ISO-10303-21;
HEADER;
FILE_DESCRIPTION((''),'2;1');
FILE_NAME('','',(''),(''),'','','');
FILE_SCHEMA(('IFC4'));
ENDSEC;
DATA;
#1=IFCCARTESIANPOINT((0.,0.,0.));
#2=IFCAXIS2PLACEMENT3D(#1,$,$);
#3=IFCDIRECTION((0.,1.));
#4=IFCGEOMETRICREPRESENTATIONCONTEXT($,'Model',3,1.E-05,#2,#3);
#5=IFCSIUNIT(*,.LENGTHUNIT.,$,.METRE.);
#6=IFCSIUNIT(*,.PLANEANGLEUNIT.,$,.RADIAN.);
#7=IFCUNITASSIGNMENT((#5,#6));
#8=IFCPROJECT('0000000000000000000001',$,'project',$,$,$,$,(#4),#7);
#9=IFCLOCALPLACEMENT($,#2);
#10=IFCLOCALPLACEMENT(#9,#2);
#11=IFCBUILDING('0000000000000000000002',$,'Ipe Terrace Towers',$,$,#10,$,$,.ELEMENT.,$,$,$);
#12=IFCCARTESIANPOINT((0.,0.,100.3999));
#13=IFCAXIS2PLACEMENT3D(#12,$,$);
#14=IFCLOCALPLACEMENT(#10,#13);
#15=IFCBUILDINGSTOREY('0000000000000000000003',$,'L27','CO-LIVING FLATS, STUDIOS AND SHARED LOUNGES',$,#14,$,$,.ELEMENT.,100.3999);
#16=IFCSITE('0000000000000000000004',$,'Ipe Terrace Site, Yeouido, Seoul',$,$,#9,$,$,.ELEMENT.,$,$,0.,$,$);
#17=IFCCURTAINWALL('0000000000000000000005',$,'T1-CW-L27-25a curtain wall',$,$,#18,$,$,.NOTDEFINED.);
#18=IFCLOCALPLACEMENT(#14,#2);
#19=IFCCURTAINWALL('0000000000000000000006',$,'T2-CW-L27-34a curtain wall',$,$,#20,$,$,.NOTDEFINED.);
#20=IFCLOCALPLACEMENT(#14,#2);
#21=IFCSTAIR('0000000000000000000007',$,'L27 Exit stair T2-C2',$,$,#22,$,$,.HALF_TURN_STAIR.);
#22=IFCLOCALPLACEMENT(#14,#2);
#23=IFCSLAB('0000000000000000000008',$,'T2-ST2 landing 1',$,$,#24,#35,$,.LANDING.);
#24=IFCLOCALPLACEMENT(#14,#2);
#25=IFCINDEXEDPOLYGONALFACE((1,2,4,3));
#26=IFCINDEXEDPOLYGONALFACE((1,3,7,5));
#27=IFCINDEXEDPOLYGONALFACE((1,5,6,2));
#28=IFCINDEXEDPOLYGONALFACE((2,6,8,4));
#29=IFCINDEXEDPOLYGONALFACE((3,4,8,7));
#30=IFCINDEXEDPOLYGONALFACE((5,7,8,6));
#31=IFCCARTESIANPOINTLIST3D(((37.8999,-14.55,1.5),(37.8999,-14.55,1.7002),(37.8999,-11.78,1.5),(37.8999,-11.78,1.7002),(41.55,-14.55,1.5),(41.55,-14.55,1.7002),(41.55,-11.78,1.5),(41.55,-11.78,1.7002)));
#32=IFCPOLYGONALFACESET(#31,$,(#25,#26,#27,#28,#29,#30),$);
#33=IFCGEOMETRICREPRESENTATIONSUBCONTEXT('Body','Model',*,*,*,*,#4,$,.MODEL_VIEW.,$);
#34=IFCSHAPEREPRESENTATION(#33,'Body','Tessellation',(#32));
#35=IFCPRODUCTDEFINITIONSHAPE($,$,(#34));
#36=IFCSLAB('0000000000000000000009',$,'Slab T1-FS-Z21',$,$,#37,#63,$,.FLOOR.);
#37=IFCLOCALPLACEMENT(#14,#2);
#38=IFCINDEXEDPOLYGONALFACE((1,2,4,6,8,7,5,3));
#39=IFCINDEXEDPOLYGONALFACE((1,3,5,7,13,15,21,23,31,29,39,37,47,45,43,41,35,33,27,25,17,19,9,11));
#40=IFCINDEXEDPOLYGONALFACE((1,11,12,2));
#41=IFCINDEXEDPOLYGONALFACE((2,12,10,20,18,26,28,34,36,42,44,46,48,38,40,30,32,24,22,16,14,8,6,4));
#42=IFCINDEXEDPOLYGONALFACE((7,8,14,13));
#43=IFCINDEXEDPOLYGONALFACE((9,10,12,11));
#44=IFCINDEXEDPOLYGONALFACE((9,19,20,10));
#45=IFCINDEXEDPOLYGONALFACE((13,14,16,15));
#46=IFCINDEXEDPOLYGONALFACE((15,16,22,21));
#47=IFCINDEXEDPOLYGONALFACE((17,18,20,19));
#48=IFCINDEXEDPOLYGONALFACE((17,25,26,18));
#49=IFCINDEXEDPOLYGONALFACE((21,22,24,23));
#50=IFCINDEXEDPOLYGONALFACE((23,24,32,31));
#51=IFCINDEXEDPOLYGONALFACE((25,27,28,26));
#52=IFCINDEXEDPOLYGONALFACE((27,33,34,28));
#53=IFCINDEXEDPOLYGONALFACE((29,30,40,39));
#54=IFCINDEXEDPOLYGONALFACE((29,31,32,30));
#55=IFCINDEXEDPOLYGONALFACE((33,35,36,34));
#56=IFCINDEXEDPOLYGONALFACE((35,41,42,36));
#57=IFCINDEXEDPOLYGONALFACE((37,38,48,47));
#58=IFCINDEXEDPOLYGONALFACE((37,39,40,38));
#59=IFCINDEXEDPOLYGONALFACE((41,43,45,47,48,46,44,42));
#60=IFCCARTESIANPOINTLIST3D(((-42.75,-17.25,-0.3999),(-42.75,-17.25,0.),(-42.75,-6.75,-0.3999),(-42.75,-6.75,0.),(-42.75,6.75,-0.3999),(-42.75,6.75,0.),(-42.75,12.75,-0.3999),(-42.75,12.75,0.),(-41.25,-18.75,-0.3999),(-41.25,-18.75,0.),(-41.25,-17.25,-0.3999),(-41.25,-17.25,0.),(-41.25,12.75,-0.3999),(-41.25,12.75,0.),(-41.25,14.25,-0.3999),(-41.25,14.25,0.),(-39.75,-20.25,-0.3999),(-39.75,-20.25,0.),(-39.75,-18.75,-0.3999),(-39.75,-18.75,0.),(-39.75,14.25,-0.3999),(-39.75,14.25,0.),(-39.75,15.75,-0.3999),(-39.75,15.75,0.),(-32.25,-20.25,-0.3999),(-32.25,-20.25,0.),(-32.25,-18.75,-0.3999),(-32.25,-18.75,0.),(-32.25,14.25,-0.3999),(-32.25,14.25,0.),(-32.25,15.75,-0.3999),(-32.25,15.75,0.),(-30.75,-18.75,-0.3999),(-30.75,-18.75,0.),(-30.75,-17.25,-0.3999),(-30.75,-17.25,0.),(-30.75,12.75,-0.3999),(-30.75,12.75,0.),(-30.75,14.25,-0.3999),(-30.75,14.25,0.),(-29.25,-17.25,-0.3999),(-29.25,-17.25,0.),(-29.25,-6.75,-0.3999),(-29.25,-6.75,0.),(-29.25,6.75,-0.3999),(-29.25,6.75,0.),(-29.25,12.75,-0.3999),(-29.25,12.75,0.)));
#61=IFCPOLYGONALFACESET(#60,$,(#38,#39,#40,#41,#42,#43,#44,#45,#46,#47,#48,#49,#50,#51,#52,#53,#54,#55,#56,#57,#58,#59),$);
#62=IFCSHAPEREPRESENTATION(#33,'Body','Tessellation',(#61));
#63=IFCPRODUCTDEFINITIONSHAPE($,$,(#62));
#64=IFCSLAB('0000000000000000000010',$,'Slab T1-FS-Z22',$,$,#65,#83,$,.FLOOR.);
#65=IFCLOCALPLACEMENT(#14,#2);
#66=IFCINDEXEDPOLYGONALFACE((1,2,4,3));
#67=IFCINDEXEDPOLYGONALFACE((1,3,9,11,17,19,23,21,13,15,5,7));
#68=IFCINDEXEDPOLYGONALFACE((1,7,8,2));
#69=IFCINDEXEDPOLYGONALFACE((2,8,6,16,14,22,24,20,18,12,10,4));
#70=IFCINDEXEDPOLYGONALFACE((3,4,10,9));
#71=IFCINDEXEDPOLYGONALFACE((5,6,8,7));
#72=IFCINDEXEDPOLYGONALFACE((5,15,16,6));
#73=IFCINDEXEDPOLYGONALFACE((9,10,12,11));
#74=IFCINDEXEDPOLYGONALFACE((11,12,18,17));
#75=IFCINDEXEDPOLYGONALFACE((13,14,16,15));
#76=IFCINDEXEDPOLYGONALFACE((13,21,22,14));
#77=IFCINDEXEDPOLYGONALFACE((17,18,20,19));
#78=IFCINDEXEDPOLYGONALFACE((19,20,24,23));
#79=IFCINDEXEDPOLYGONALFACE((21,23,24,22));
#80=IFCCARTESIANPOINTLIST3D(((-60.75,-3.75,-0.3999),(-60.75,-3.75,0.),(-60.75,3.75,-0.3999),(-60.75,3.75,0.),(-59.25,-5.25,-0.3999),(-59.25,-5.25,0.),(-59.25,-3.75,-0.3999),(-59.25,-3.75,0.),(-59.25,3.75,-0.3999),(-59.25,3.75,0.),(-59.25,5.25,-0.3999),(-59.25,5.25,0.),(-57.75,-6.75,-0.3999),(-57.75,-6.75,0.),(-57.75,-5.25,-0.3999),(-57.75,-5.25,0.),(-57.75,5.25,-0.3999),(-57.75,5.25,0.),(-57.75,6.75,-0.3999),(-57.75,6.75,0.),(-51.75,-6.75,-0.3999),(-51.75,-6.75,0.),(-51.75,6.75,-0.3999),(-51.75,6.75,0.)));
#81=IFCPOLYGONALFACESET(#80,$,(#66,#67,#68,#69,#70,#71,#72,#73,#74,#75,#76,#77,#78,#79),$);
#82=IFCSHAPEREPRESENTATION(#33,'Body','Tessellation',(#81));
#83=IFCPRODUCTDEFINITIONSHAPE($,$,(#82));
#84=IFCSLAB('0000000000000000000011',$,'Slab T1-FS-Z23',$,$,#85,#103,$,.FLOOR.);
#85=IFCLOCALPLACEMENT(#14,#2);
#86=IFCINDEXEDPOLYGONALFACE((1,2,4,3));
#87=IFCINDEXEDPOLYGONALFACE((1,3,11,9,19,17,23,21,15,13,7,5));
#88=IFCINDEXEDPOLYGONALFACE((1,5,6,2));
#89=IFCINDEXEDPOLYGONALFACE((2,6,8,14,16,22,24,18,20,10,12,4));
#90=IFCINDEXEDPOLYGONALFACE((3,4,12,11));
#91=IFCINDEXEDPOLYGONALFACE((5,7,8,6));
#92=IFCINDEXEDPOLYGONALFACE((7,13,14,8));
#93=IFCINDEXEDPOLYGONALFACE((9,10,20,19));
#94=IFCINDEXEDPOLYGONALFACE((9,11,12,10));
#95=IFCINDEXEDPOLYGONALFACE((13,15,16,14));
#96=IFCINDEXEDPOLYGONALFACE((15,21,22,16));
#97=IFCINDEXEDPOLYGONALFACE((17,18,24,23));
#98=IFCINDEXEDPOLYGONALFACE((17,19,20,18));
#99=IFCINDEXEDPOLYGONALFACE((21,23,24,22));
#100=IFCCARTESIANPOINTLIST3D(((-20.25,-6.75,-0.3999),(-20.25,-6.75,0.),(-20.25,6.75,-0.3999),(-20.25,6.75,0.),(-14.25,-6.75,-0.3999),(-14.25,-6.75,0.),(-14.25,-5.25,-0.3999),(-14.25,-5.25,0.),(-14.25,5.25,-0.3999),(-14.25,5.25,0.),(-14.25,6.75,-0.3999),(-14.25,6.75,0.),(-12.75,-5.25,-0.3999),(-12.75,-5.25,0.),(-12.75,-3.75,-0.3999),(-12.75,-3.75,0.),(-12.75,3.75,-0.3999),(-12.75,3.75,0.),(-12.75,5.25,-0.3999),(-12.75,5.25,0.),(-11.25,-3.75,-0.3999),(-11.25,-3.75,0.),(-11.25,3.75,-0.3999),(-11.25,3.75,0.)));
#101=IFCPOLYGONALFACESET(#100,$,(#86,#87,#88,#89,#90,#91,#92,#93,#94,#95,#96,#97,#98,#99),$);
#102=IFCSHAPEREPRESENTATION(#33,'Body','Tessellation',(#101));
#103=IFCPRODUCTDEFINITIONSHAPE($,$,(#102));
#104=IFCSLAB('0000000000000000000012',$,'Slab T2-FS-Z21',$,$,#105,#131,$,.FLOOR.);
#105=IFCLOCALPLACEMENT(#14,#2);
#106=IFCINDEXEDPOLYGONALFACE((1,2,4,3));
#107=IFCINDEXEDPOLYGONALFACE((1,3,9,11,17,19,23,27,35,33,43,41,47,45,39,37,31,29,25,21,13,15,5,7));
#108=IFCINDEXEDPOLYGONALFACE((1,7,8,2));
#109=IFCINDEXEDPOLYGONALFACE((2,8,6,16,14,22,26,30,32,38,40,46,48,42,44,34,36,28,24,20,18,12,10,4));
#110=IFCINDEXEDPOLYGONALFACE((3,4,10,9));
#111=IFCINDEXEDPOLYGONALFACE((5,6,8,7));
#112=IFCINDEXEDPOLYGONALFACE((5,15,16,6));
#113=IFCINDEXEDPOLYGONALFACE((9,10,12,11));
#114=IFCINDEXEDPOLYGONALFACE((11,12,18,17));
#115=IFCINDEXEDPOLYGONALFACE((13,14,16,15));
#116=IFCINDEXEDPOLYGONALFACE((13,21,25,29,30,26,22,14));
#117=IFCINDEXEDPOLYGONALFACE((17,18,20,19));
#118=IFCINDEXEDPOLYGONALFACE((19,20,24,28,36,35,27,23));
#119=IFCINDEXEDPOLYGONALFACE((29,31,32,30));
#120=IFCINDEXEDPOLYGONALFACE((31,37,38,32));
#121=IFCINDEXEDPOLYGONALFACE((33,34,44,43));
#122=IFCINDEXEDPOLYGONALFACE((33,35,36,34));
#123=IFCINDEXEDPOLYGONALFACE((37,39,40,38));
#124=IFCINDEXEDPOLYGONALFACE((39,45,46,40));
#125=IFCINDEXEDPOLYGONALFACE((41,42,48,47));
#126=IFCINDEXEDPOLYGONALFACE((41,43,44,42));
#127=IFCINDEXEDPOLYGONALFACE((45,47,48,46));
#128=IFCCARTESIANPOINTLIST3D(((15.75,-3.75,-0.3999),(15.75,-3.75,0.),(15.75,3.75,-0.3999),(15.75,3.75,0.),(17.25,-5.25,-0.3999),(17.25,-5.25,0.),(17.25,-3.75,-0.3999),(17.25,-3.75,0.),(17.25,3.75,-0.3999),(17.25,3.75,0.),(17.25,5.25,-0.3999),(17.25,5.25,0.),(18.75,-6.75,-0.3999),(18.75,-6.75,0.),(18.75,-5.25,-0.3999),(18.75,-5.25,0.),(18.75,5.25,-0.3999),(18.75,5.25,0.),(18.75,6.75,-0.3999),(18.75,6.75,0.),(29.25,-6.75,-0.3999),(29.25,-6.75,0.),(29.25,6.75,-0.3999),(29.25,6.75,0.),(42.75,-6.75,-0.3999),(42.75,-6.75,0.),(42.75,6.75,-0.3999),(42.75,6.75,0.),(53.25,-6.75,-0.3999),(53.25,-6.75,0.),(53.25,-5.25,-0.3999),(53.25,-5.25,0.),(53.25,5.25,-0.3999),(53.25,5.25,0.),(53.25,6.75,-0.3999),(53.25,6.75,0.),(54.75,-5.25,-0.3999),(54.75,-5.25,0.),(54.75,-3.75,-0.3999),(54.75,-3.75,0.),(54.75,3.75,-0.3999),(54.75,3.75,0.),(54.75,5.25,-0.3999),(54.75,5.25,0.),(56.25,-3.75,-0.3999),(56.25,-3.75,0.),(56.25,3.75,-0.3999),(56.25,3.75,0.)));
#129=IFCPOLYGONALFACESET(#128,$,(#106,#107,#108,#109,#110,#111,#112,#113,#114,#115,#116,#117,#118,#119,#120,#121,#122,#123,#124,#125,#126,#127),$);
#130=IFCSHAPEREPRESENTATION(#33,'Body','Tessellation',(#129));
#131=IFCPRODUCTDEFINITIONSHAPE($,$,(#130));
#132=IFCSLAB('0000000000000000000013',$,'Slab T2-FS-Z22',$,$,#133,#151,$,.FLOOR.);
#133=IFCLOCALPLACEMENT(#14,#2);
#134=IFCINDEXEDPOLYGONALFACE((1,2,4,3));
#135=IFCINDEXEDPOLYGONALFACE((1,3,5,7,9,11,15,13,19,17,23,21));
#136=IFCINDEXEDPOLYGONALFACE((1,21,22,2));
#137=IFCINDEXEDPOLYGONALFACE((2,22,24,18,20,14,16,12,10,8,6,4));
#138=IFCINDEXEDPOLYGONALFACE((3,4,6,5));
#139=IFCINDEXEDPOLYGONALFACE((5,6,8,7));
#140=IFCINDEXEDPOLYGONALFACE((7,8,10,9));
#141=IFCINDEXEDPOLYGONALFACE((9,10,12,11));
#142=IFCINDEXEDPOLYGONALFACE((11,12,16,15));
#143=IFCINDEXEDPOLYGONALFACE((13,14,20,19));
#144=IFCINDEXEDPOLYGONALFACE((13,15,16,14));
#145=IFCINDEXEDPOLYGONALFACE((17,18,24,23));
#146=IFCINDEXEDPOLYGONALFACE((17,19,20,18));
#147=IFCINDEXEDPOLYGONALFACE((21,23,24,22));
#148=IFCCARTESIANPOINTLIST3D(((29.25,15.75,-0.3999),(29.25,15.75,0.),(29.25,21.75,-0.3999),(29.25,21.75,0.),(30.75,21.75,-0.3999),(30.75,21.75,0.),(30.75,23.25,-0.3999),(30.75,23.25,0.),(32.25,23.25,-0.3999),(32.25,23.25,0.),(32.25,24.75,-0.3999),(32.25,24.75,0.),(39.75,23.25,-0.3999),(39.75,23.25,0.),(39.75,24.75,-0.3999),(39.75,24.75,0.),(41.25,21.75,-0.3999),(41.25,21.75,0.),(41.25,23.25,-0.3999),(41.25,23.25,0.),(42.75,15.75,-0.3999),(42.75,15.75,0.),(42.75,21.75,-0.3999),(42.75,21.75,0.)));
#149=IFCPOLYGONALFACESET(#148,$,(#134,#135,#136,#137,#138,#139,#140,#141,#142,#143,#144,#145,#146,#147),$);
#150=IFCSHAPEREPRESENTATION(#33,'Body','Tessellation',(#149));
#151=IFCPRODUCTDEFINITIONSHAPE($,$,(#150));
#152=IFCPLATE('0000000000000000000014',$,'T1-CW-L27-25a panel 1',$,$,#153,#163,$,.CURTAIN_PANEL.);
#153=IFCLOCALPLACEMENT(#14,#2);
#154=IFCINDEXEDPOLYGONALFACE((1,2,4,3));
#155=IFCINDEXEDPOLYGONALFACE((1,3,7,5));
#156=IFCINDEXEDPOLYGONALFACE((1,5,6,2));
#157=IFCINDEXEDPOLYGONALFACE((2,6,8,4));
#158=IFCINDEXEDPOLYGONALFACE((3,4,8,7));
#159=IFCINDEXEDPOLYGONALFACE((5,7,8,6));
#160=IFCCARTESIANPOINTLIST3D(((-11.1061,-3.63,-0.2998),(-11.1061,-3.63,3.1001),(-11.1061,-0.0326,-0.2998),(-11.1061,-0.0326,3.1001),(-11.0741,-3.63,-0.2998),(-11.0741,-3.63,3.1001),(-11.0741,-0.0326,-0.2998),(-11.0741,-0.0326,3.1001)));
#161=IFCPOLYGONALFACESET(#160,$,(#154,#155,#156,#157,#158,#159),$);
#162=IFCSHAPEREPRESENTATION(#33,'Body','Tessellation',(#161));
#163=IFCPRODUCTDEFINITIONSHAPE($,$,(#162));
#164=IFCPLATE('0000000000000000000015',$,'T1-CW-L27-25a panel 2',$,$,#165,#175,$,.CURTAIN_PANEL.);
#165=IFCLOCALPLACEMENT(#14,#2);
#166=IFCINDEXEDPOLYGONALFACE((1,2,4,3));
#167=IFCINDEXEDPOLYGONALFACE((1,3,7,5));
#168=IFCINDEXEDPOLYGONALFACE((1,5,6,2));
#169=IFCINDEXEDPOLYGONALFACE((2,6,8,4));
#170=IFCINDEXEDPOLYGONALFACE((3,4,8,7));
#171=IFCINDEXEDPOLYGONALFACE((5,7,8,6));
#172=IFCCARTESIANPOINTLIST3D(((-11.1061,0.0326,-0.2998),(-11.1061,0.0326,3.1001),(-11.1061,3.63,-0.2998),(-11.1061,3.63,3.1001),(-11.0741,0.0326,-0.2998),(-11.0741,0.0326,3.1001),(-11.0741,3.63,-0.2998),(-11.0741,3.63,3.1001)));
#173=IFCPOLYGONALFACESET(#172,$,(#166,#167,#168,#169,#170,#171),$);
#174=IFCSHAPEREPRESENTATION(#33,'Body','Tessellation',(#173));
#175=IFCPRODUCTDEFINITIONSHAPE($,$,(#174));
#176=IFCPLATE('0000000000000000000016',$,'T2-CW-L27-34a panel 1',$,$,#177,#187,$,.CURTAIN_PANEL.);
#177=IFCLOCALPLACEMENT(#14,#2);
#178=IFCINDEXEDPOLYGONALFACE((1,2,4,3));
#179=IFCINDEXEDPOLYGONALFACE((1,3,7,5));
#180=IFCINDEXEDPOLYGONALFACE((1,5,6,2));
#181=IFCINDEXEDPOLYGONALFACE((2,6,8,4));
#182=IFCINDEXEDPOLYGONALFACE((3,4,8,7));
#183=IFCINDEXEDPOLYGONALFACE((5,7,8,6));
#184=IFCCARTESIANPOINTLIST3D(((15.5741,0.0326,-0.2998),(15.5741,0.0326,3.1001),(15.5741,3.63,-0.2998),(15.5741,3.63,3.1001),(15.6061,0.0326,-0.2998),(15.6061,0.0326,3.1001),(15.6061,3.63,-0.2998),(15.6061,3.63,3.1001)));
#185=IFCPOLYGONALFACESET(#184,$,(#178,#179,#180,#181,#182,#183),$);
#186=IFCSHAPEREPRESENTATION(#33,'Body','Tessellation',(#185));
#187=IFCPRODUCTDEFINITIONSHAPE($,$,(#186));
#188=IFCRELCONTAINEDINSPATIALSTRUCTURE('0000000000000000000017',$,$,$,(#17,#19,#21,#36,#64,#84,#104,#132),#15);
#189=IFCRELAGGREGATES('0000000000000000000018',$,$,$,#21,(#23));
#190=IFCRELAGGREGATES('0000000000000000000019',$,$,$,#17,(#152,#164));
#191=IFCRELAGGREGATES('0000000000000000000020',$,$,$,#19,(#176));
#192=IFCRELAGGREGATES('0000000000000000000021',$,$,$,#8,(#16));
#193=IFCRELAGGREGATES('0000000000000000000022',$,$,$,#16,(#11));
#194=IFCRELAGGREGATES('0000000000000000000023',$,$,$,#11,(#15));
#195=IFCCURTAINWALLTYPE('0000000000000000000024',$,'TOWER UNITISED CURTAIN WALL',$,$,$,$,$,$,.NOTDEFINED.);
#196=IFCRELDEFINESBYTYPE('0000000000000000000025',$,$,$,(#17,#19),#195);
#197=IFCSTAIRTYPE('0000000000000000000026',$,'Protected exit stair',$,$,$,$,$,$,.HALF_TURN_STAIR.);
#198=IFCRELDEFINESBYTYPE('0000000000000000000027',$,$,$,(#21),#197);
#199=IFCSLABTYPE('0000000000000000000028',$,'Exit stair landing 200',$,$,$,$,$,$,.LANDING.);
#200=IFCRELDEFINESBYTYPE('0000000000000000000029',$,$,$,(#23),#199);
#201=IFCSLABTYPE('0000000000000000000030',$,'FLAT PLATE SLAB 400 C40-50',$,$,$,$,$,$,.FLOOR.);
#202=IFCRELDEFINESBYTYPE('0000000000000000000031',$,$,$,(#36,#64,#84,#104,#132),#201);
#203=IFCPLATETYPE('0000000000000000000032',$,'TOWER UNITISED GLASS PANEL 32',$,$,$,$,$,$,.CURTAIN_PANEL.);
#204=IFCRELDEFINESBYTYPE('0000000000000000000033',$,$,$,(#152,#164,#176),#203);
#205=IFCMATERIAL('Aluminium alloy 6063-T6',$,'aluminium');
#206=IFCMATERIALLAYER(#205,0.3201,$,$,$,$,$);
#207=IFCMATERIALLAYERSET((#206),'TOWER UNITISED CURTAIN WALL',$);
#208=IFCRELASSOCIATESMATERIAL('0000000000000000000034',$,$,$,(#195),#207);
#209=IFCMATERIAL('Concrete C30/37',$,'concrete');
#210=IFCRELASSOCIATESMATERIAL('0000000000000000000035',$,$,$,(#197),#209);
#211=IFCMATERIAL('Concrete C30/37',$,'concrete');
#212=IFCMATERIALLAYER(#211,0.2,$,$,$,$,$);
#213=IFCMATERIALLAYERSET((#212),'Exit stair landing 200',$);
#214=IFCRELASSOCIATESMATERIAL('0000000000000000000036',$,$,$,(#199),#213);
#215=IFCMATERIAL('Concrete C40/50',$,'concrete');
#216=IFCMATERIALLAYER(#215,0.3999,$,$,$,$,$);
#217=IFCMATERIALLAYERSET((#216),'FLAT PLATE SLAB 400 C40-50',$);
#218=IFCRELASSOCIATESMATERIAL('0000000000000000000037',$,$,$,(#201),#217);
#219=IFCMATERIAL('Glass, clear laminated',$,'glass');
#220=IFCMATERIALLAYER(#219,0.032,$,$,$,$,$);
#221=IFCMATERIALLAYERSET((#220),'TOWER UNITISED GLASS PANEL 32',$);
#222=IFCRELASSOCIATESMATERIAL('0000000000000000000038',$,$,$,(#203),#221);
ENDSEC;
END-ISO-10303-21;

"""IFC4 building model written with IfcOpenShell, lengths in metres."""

from ifc_helpers import new_model, si_unit, direction, frame, origin, origin_2d, place, context, subcontext, project, spatial, polyline, rectangle, outline, extrude, material, layer, layer_set, type_object, element, aggregate, save


model = new_model("IFC4")

# Units and contexts
model_context = context("Model", 3, precision=1e-05, world=origin(), true_north=direction((0.0, 1.0)))
body_context = subcontext(model_context, "Body", "Model", "MODEL_VIEW")
ifc_project = project(units=[si_unit("LENGTHUNIT", "METRE"), si_unit("PLANEANGLEUNIT", "RADIAN")], contexts=[model_context])

# Site, building, storey
site_placement = place(None, origin())
site = spatial("IfcSite", under=ifc_project, at=site_placement, Name="Ipe Terrace Site, Yeouido, Seoul", CompositionType="ELEMENT", RefElevation=0.0)
building_placement = place(site_placement, origin())
building = spatial("IfcBuilding", under=site, at=building_placement, Name="Ipe Terrace Towers", CompositionType="ELEMENT")
storey_placement = place(building_placement, frame((0.0, 0.0, 100.3999)))
storey = spatial("IfcBuildingStorey", under=building, at=storey_placement, Name="L27", Description="CO-LIVING FLATS, STUDIOS AND SHARED LOUNGES", CompositionType="ELEMENT", Elevation=100.3999)

# Curtain wall
ifc_material_1 = material(Name="Aluminium alloy 6063-T6", Category="aluminium")
ifc_layer_1 = layer(ifc_material_1, 0.3201)
ifc_layer_set_1 = layer_set([ifc_layer_1], Name="TOWER UNITISED CURTAIN WALL")
curtain_wall_type = type_object("IfcCurtainWallType", Name="TOWER UNITISED CURTAIN WALL", PredefinedType="NOTDEFINED", material=ifc_layer_set_1)
curtain_wall_1_placement = place(storey_placement, origin())
curtain_wall_1 = element("IfcCurtainWall", 1, at=curtain_wall_1_placement, inside=storey, type_object=curtain_wall_type, Name="T1-CW-L27-25a curtain wall", PredefinedType="NOTDEFINED")

# Curtain wall
curtain_wall_2_placement = place(storey_placement, origin())
curtain_wall_2 = element("IfcCurtainWall", 2, at=curtain_wall_2_placement, inside=storey, type_object=curtain_wall_type, Name="T2-CW-L27-34a curtain wall", PredefinedType="NOTDEFINED")

# Stair, slab
ifc_material_2 = material(Name="Concrete C30/37", Category="concrete")
stair_type = type_object("IfcStairType", Name="Protected exit stair", PredefinedType="HALF_TURN_STAIR", material=ifc_material_2)
ifc_material_3 = material(Name="Concrete C30/37", Category="concrete")
ifc_layer_2 = layer(ifc_material_3, 0.2)
ifc_layer_set_2 = layer_set([ifc_layer_2], Name="Exit stair landing 200")
slab_type_1 = type_object("IfcSlabType", Name="Exit stair landing 200", PredefinedType="LANDING", material=ifc_layer_set_2)
stair_1_placement = place(storey_placement, origin())
stair_1 = element("IfcStair", 3, at=stair_1_placement, inside=storey, type_object=stair_type, Name="L27 Exit stair T2-C2", PredefinedType="HALF_TURN_STAIR")
slab_1_placement = place(storey_placement, frame((0.0, 0.0, 1.5)))
slab_1 = element("IfcSlab", 4, at=slab_1_placement, type_object=slab_type_1, Name="T2-ST2 landing 1", PredefinedType="LANDING", context=body_context, shape_type="SweptSolid", body=[
    extrude(outline(polyline([(37.8999, -11.78), (37.8999, -14.55), (41.55, -14.55), (41.55, -11.78), (37.8999, -11.78)])), origin(), (0.0, 0.0, 1.0), 0.2002),
])
aggregate(stair_1, [slab_1])

# Slabs
ifc_material_4 = material(Name="Concrete C40/50", Category="concrete")
ifc_layer_3 = layer(ifc_material_4, 0.3999)
ifc_layer_set_3 = layer_set([ifc_layer_3], Name="FLAT PLATE SLAB 400 C40-50")
slab_type_2 = type_object("IfcSlabType", Name="FLAT PLATE SLAB 400 C40-50", PredefinedType="FLOOR", material=ifc_layer_set_3)
slab_2_placement = place(storey_placement, frame((0.0, 0.0, -0.3999)))
element("IfcSlab", 5, at=slab_2_placement, inside=storey, type_object=slab_type_2, Name="Slab T1-FS-Z21", PredefinedType="FLOOR", context=body_context, shape_type="SweptSolid", body=[
    extrude(outline(polyline([(-30.75, -17.25), (-30.75, -18.75), (-32.25, -18.75), (-32.25, -20.25), (-39.75, -20.25), (-39.75, -18.75), (-41.25, -18.75), (-41.25, -17.25), (-42.75, -17.25), (-42.75, -6.75), (-42.75, 6.75), (-42.75, 12.75), (-41.25, 12.75), (-41.25, 14.25), (-39.75, 14.25), (-39.75, 15.75), (-32.25, 15.75), (-32.25, 14.25), (-30.75, 14.25), (-30.75, 12.75), (-29.25, 12.75), (-29.25, 6.75), (-29.25, -6.75), (-29.25, -17.25), (-30.75, -17.25)])), origin(), (0.0, 0.0, 1.0), 0.3999),
])
slab_3_placement = place(storey_placement, frame((0.0, 0.0, -0.3999)))
element("IfcSlab", 6, at=slab_3_placement, inside=storey, type_object=slab_type_2, Name="Slab T1-FS-Z22", PredefinedType="FLOOR", context=body_context, shape_type="SweptSolid", body=[
    extrude(outline(polyline([(-57.75, -6.75), (-57.75, -5.25), (-59.25, -5.25), (-59.25, -3.75), (-60.75, -3.75), (-60.75, 3.75), (-59.25, 3.75), (-59.25, 5.25), (-57.75, 5.25), (-57.75, 6.75), (-51.75, 6.75), (-51.75, -6.75), (-57.75, -6.75)])), origin(), (0.0, 0.0, 1.0), 0.3999),
])
slab_4_placement = place(storey_placement, frame((0.0, 0.0, -0.3999)))
element("IfcSlab", 7, at=slab_4_placement, inside=storey, type_object=slab_type_2, Name="Slab T1-FS-Z23", PredefinedType="FLOOR", context=body_context, shape_type="SweptSolid", body=[
    extrude(outline(polyline([(-14.25, 5.25), (-12.75, 5.25), (-12.75, 3.75), (-11.25, 3.75), (-11.25, -3.75), (-12.75, -3.75), (-12.75, -5.25), (-14.25, -5.25), (-14.25, -6.75), (-20.25, -6.75), (-20.25, 6.75), (-14.25, 6.75), (-14.25, 5.25)])), origin(), (0.0, 0.0, 1.0), 0.3999),
])
slab_5_placement = place(storey_placement, frame((0.0, 0.0, -0.3999)))
element("IfcSlab", 8, at=slab_5_placement, inside=storey, type_object=slab_type_2, Name="Slab T2-FS-Z21", PredefinedType="FLOOR", context=body_context, shape_type="SweptSolid", body=[
    extrude(outline(polyline([(53.25, 5.25), (54.75, 5.25), (54.75, 3.75), (56.25, 3.75), (56.25, -3.75), (54.75, -3.75), (54.75, -5.25), (53.25, -5.25), (53.25, -6.75), (42.75, -6.75), (29.25, -6.75), (18.75, -6.75), (18.75, -5.25), (17.25, -5.25), (17.25, -3.75), (15.75, -3.75), (15.75, 3.75), (17.25, 3.75), (17.25, 5.25), (18.75, 5.25), (18.75, 6.75), (29.25, 6.75), (42.75, 6.75), (53.25, 6.75), (53.25, 5.25)])), origin(), (0.0, 0.0, 1.0), 0.3999),
])
slab_6_placement = place(storey_placement, frame((0.0, 0.0, -0.3999)))
element("IfcSlab", 9, at=slab_6_placement, inside=storey, type_object=slab_type_2, Name="Slab T2-FS-Z22", PredefinedType="FLOOR", context=body_context, shape_type="SweptSolid", body=[
    extrude(outline(polyline([(30.75, 21.75), (30.75, 23.25), (32.25, 23.25), (32.25, 24.75), (39.75, 24.75), (39.75, 23.25), (41.25, 23.25), (41.25, 21.75), (42.75, 21.75), (42.75, 15.75), (29.25, 15.75), (29.25, 21.75), (30.75, 21.75)])), origin(), (0.0, 0.0, 1.0), 0.3999),
])

# Plates
ifc_material_5 = material(Name="Glass, clear laminated", Category="glass")
ifc_layer_4 = layer(ifc_material_5, 0.032)
ifc_layer_set_4 = layer_set([ifc_layer_4], Name="TOWER UNITISED GLASS PANEL 32")
plate_type = type_object("IfcPlateType", Name="TOWER UNITISED GLASS PANEL 32", PredefinedType="CURTAIN_PANEL", material=ifc_layer_set_4)
plate_1_placement = place(storey_placement, frame((-11.0901, -1.8313, -0.2998), z_axis=(0.0, 0.0, 1.0), x_axis=(0.0, 1.0, 0.0)))
plate_1 = element("IfcPlate", 10, at=plate_1_placement, type_object=plate_type, Name="T1-CW-L27-25a panel 1", PredefinedType="CURTAIN_PANEL", context=body_context, shape_type="SweptSolid", body=[
    extrude(rectangle(XDim=3.5974, YDim=0.032, at=origin_2d()), origin(), (0.0, 0.0, 1.0), 3.3999),
])
plate_2_placement = place(storey_placement, frame((-11.0901, 1.8313, -0.2998), z_axis=(0.0, 0.0, 1.0), x_axis=(0.0, 1.0, 0.0)))
plate_2 = element("IfcPlate", 11, at=plate_2_placement, type_object=plate_type, Name="T1-CW-L27-25a panel 2", PredefinedType="CURTAIN_PANEL", context=body_context, shape_type="SweptSolid", body=[
    extrude(rectangle(XDim=3.5974, YDim=0.032, at=origin_2d()), origin(), (0.0, 0.0, 1.0), 3.3999),
])
aggregate(curtain_wall_1, [plate_1, plate_2])
plate_3_placement = place(storey_placement, frame((15.5901, 1.8313, -0.2998), z_axis=(0.0, 0.0, 1.0), x_axis=(0.0, -1.0, 0.0)))
plate_3 = element("IfcPlate", 12, at=plate_3_placement, type_object=plate_type, Name="T2-CW-L27-34a panel 1", PredefinedType="CURTAIN_PANEL", context=body_context, shape_type="SweptSolid", body=[
    extrude(rectangle(XDim=3.5974, YDim=0.032, at=origin_2d()), origin(), (0.0, 0.0, 1.0), 3.3999),
])
aggregate(curtain_wall_2, [plate_3])

save(model, "model.ifc")
